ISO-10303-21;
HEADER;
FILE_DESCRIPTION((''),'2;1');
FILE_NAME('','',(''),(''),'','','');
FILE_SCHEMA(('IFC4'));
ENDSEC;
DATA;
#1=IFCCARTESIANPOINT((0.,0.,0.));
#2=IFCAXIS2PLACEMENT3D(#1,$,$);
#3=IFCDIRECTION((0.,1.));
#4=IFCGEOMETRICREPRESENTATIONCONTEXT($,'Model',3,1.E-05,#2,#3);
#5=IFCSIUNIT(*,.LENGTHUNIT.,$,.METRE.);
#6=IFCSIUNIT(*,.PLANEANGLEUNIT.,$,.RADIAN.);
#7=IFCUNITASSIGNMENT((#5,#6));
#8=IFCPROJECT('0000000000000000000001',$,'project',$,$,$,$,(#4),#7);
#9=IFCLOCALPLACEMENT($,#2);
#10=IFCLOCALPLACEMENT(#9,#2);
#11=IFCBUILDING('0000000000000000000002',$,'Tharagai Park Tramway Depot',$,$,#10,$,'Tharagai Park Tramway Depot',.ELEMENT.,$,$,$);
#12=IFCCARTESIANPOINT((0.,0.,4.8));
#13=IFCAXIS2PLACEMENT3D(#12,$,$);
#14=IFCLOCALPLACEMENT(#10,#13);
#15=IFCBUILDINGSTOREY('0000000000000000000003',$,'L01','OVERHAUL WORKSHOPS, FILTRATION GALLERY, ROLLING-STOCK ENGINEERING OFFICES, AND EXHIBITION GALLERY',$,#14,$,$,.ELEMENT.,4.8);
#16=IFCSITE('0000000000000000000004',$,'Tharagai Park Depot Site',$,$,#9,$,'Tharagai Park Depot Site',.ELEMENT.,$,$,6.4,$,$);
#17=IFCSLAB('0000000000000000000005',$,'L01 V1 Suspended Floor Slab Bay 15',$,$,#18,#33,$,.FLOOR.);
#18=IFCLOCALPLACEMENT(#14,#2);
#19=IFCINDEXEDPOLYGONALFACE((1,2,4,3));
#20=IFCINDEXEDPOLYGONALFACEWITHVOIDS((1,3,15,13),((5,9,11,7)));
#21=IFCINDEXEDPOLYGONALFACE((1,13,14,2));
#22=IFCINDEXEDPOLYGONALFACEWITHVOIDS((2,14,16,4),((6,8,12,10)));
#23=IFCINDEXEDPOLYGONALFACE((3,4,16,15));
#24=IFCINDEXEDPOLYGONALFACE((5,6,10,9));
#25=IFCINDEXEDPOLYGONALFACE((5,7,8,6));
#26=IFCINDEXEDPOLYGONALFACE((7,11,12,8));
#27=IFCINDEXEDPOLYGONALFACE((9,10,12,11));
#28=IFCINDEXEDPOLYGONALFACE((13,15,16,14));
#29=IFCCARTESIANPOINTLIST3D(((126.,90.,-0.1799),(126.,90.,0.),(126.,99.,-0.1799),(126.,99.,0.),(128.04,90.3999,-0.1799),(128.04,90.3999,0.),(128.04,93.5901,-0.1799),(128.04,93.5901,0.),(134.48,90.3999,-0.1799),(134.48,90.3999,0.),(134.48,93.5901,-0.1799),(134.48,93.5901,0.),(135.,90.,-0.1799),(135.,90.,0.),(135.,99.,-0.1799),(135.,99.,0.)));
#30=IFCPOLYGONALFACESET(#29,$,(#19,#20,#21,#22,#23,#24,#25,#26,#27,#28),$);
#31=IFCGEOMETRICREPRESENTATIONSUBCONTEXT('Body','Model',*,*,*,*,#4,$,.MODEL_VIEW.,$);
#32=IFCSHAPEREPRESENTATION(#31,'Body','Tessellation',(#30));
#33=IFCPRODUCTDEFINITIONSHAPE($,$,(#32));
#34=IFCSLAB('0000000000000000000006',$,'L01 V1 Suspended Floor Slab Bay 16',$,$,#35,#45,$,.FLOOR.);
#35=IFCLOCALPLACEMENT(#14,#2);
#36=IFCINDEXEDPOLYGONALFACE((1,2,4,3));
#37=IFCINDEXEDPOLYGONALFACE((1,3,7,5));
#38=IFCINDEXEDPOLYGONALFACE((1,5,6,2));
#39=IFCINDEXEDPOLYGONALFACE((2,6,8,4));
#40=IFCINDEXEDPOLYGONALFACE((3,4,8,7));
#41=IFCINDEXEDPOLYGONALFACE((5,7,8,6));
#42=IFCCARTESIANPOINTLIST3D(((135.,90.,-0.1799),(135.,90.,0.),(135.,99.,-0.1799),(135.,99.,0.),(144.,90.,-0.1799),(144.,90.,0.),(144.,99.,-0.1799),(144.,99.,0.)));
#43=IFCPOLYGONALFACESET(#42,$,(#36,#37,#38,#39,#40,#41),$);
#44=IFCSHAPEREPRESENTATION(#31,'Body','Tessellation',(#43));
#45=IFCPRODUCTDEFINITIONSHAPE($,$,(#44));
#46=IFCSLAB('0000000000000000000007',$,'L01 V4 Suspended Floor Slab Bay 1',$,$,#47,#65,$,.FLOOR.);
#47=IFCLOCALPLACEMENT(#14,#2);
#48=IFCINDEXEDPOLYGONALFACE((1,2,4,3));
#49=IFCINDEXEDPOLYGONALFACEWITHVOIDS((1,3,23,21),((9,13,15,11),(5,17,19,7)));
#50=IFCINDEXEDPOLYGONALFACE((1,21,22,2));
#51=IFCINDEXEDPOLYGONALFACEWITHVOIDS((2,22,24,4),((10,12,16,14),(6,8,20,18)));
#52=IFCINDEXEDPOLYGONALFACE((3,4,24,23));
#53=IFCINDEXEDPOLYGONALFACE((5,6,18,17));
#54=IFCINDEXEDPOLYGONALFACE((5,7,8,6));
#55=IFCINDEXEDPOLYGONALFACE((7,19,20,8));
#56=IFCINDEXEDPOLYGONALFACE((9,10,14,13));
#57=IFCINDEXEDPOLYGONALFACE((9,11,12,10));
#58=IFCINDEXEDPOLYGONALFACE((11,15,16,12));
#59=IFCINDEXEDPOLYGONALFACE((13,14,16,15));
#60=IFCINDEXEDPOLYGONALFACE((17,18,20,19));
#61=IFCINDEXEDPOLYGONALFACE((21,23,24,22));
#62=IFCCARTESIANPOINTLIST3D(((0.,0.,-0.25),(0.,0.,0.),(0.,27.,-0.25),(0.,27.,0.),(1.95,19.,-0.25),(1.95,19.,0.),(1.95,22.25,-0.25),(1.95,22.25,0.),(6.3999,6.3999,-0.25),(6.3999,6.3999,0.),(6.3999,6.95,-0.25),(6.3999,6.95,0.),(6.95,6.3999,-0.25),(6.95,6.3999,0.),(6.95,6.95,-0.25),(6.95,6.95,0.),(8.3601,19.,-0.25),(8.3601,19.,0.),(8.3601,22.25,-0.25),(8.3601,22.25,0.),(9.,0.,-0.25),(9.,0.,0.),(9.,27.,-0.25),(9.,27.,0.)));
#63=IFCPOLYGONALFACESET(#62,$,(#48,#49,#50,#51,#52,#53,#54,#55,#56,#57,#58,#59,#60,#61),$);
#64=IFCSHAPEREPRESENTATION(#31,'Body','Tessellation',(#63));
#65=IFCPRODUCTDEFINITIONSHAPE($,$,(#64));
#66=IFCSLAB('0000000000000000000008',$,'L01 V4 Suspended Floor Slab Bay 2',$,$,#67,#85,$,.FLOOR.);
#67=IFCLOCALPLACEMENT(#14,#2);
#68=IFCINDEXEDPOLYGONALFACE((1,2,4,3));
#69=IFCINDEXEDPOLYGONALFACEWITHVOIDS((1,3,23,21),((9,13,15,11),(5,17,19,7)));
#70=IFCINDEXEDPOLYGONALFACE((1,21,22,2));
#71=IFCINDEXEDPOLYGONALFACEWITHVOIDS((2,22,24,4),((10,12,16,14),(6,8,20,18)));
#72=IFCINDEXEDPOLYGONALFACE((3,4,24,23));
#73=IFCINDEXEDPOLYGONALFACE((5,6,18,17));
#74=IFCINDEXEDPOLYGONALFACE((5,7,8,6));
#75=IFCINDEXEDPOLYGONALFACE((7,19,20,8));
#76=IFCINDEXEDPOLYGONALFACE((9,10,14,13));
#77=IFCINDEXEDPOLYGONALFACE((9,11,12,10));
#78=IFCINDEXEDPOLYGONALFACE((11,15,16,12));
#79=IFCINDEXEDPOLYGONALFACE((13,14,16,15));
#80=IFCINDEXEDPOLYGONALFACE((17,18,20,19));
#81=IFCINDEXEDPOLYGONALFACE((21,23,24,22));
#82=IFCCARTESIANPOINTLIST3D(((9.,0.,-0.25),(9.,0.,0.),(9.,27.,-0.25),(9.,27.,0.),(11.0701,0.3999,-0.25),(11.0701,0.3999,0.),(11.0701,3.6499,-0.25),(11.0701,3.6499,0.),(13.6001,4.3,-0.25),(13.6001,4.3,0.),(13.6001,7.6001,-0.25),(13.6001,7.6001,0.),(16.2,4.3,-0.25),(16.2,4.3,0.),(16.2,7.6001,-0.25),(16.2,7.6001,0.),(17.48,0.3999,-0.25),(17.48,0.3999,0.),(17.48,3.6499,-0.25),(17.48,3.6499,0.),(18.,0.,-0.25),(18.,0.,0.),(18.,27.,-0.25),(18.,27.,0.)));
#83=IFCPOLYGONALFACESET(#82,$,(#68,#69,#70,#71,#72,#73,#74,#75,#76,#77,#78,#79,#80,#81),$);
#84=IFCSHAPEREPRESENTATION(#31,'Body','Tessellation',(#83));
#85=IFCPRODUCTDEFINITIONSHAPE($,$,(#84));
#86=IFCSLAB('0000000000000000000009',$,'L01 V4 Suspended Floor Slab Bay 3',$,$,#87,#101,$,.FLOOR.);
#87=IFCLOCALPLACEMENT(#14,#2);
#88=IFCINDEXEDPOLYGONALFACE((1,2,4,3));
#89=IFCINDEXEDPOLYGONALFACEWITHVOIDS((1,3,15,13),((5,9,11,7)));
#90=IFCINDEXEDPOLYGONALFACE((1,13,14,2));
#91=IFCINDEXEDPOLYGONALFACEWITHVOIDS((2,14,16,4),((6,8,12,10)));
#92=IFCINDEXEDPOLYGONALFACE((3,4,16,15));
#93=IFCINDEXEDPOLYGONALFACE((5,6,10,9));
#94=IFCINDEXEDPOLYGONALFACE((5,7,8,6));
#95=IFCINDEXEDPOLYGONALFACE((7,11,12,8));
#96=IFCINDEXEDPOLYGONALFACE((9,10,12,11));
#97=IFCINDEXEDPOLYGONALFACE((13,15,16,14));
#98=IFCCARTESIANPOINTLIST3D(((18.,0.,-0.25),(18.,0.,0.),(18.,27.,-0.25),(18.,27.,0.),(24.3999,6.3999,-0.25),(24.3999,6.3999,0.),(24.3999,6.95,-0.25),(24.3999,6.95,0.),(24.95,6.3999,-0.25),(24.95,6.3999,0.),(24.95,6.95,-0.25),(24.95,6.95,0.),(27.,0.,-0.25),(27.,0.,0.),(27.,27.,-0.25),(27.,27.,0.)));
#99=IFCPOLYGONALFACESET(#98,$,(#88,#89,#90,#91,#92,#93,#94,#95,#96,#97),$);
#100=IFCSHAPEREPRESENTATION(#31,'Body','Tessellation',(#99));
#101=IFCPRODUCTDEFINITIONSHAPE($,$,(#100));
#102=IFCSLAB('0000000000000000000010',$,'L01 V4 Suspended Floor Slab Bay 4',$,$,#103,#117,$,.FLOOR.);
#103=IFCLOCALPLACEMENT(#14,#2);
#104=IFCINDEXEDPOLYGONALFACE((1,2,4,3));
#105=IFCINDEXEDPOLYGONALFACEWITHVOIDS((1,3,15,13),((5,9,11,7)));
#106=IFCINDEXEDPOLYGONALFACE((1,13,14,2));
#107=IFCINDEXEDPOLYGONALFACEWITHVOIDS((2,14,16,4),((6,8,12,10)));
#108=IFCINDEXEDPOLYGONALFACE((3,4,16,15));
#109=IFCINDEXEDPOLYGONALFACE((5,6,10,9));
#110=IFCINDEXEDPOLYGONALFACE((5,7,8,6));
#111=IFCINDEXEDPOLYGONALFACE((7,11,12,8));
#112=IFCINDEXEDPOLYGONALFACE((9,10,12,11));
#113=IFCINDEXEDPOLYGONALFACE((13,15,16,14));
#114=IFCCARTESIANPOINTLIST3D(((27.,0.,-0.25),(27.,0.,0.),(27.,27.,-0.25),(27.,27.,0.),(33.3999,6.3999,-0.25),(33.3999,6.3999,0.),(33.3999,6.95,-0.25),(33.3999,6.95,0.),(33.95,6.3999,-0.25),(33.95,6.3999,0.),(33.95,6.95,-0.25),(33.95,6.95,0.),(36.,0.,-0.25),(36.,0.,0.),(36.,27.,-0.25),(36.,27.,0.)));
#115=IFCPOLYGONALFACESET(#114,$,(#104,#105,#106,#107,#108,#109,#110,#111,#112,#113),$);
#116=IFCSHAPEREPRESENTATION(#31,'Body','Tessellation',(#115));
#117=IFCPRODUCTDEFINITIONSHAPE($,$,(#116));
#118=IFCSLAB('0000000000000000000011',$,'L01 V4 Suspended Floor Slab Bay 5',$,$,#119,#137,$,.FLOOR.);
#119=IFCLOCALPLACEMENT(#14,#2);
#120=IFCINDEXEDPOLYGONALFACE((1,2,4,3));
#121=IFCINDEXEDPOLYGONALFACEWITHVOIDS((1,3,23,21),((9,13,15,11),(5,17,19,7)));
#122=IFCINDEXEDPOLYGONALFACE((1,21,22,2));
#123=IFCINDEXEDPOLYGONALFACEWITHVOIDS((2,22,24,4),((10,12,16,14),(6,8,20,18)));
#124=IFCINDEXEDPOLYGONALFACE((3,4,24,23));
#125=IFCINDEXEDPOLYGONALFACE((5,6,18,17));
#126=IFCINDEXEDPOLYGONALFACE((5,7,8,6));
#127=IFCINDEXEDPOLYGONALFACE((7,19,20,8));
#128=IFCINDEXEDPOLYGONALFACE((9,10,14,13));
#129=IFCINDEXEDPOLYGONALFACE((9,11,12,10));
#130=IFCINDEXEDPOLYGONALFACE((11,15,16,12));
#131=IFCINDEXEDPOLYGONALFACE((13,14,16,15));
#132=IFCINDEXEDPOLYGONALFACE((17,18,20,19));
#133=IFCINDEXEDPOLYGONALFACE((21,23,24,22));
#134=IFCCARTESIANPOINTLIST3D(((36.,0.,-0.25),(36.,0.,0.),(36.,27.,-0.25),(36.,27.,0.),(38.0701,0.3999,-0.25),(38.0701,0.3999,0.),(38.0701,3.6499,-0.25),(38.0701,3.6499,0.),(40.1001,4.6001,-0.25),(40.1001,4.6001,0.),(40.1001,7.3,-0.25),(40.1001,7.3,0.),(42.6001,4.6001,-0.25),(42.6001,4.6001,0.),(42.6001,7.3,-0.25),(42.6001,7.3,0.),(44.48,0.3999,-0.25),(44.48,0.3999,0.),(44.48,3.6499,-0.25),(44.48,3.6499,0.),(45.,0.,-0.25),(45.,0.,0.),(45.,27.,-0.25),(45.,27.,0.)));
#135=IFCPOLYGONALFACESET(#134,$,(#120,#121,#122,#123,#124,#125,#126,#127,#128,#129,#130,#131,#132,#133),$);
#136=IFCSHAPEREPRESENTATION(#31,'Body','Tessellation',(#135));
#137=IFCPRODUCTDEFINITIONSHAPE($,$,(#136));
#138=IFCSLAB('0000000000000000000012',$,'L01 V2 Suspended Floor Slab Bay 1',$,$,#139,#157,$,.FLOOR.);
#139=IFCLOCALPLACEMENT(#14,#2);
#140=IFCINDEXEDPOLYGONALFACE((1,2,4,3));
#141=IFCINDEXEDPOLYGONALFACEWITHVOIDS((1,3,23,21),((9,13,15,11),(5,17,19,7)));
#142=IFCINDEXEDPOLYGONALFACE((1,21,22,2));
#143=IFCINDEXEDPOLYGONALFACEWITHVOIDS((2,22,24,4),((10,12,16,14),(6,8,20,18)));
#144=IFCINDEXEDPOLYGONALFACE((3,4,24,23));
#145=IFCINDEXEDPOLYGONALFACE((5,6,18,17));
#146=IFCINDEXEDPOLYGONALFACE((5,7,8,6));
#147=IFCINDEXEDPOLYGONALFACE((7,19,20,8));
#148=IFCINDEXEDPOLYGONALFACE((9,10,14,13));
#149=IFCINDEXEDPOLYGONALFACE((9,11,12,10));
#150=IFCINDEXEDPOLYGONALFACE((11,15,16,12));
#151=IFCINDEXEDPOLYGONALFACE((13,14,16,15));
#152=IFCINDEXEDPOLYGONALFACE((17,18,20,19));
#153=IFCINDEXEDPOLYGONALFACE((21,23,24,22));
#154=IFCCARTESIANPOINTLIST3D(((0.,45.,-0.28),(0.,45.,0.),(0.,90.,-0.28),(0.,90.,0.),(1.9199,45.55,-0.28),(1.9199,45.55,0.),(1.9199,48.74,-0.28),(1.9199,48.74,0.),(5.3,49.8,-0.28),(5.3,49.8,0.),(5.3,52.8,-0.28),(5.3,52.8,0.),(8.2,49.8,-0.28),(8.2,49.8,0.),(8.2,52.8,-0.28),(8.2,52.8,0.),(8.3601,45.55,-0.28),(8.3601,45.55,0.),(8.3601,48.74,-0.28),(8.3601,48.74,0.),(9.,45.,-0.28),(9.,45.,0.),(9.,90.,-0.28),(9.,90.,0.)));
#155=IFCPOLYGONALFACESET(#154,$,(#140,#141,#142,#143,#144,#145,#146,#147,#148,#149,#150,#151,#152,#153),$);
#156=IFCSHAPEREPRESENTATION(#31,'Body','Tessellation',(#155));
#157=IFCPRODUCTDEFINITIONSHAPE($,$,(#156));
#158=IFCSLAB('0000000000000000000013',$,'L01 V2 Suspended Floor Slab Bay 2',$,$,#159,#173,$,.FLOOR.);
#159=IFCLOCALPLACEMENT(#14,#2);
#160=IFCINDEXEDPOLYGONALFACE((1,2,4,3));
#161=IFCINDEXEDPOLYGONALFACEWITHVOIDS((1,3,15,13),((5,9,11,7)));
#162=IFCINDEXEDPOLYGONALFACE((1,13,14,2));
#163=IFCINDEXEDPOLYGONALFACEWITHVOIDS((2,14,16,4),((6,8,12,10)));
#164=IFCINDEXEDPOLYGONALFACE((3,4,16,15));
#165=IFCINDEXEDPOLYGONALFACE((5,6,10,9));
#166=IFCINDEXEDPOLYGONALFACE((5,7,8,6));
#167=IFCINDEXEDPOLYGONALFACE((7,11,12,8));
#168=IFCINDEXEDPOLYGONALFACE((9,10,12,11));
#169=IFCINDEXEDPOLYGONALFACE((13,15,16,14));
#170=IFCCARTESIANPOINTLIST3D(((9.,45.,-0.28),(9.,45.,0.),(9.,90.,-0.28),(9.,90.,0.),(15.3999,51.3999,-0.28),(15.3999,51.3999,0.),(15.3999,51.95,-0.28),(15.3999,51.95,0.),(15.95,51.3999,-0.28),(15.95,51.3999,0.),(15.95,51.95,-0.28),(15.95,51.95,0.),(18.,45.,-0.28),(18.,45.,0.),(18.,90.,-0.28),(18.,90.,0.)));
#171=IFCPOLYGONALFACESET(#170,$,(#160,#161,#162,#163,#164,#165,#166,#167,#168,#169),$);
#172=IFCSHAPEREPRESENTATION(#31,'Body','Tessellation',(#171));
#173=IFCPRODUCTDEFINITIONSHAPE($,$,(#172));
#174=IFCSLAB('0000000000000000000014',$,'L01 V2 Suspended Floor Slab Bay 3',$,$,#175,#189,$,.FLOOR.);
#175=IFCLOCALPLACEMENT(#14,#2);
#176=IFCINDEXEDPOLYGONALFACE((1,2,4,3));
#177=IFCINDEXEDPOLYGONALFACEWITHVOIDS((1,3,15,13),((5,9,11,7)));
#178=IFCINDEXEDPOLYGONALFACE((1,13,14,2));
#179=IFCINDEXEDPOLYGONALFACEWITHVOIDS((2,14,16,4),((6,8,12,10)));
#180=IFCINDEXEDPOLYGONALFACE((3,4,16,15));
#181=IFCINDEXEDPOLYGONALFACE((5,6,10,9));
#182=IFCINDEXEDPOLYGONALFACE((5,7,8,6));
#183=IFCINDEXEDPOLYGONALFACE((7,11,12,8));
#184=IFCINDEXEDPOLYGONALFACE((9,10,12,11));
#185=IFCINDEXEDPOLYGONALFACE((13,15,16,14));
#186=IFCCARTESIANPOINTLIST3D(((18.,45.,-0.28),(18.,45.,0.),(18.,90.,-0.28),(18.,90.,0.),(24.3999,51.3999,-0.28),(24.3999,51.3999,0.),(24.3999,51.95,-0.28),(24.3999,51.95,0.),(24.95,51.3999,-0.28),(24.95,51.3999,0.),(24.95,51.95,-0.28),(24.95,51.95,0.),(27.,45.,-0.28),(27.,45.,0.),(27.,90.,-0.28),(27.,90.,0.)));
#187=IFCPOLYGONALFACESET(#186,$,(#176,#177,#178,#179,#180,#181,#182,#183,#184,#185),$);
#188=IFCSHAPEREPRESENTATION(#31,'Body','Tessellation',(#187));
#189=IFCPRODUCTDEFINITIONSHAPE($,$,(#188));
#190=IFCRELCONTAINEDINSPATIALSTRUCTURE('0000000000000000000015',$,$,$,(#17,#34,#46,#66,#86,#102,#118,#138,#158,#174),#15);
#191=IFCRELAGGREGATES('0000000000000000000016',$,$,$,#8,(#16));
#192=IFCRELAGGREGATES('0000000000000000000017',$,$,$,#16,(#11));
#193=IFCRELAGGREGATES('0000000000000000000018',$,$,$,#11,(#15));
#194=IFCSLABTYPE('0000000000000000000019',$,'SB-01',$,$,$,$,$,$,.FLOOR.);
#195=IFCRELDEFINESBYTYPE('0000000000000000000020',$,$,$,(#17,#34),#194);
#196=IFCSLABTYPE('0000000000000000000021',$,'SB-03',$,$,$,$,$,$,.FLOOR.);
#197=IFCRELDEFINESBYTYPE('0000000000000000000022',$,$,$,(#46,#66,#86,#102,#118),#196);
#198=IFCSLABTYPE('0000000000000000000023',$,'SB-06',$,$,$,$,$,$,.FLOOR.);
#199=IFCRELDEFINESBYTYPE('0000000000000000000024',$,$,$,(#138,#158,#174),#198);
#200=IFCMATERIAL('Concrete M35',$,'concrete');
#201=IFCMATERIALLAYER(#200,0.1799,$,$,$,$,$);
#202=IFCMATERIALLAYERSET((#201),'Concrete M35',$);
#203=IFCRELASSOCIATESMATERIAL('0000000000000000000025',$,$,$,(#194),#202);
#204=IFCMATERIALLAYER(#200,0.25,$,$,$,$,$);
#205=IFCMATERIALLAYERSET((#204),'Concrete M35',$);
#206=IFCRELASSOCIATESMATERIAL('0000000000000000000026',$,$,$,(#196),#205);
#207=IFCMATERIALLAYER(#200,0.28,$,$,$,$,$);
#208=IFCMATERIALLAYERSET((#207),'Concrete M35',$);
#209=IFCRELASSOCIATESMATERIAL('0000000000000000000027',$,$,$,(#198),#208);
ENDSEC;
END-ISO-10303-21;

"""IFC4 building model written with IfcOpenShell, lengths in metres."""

from ifc_helpers import new_model, si_unit, direction, frame, origin, place, context, subcontext, project, spatial, polyline, outline, extrude, material, layer, layer_set, type_object, element, save


model = new_model("IFC4")

# Units and contexts
model_context = context("Model", 3, precision=1e-05, world=origin(), true_north=direction((0.0, 1.0)))
body_context = subcontext(model_context, "Body", "Model", "MODEL_VIEW")
ifc_project = project(units=[si_unit("LENGTHUNIT", "METRE"), si_unit("PLANEANGLEUNIT", "RADIAN")], contexts=[model_context])

# Site, building, storey
site_placement = place(None, origin())
site = spatial("IfcSite", under=ifc_project, at=site_placement, Name="Tharagai Park Depot Site", LongName="Tharagai Park Depot Site", CompositionType="ELEMENT", RefElevation=6.4)
building_placement = place(site_placement, origin())
building = spatial("IfcBuilding", under=site, at=building_placement, Name="Tharagai Park Tramway Depot", LongName="Tharagai Park Tramway Depot", CompositionType="ELEMENT")
storey_placement = place(building_placement, frame((0.0, 0.0, 4.8)))
storey = spatial("IfcBuildingStorey", under=building, at=storey_placement, Name="L01", Description="OVERHAUL WORKSHOPS, FILTRATION GALLERY, ROLLING-STOCK ENGINEERING OFFICES, AND EXHIBITION GALLERY", CompositionType="ELEMENT", Elevation=4.8)

# Slabs
ifc_material_1 = material(Name="Concrete M35", Category="concrete")
ifc_layer_1 = layer(ifc_material_1, 0.1799)
ifc_layer_set_1 = layer_set([ifc_layer_1], Name="Concrete M35")
slab_type_1 = type_object("IfcSlabType", Name="SB-01", PredefinedType="FLOOR", material=ifc_layer_set_1)
slab_1_placement = place(storey_placement, frame((0.0, 0.0, -0.1799)))
element("IfcSlab", 1, at=slab_1_placement, inside=storey, type_object=slab_type_1, Name="L01 V1 Suspended Floor Slab Bay 15", PredefinedType="FLOOR", context=body_context, shape_type="SweptSolid", body=[
    extrude(outline(polyline([(126.0, 90.0), (135.0, 90.0), (135.0, 99.0), (126.0, 99.0), (126.0, 90.0)]), holes=[polyline([(128.04, 90.3999), (134.48, 90.3999), (134.48, 93.5901), (128.04, 93.5901), (128.04, 90.3999)])]), origin(), (0.0, 0.0, 1.0), 0.1799),
])
slab_2_placement = place(storey_placement, frame((0.0, 0.0, -0.1799)))
element("IfcSlab", 2, at=slab_2_placement, inside=storey, type_object=slab_type_1, Name="L01 V1 Suspended Floor Slab Bay 16", PredefinedType="FLOOR", context=body_context, shape_type="SweptSolid", body=[
    extrude(outline(polyline([(135.0, 90.0), (144.0, 90.0), (144.0, 99.0), (135.0, 99.0), (135.0, 90.0)])), origin(), (0.0, 0.0, 1.0), 0.1799),
])
ifc_layer_2 = layer(ifc_material_1, 0.25)
ifc_layer_set_2 = layer_set([ifc_layer_2], Name="Concrete M35")
slab_type_2 = type_object("IfcSlabType", Name="SB-03", PredefinedType="FLOOR", material=ifc_layer_set_2)
slab_3_placement = place(storey_placement, frame((0.0, 0.0, -0.25)))
element("IfcSlab", 3, at=slab_3_placement, inside=storey, type_object=slab_type_2, Name="L01 V4 Suspended Floor Slab Bay 1", PredefinedType="FLOOR", context=body_context, shape_type="SweptSolid", body=[
    extrude(outline(polyline([(0.0, 0.0), (9.0, 0.0), (9.0, 27.0), (0.0, 27.0), (0.0, 0.0)]), holes=[polyline([(1.95, 19.0), (8.3601, 19.0), (8.3601, 22.25), (1.95, 22.25), (1.95, 19.0)]), polyline([(6.3999, 6.3999), (6.95, 6.3999), (6.95, 6.95), (6.3999, 6.95), (6.3999, 6.3999)])]), origin(), (0.0, 0.0, 1.0), 0.25),
])
slab_4_placement = place(storey_placement, frame((0.0, 0.0, -0.25)))
element("IfcSlab", 4, at=slab_4_placement, inside=storey, type_object=slab_type_2, Name="L01 V4 Suspended Floor Slab Bay 2", PredefinedType="FLOOR", context=body_context, shape_type="SweptSolid", body=[
    extrude(outline(polyline([(9.0, 0.0), (18.0, 0.0), (18.0, 27.0), (9.0, 27.0), (9.0, 0.0)]), holes=[polyline([(11.0701, 0.3999), (17.48, 0.3999), (17.48, 3.6499), (11.0701, 3.6499), (11.0701, 0.3999)]), polyline([(13.6001, 4.3), (16.2, 4.3), (16.2, 7.6001), (13.6001, 7.6001), (13.6001, 4.3)])]), origin(), (0.0, 0.0, 1.0), 0.25),
])
slab_5_placement = place(storey_placement, frame((0.0, 0.0, -0.25)))
element("IfcSlab", 5, at=slab_5_placement, inside=storey, type_object=slab_type_2, Name="L01 V4 Suspended Floor Slab Bay 3", PredefinedType="FLOOR", context=body_context, shape_type="SweptSolid", body=[
    extrude(outline(polyline([(18.0, 0.0), (27.0, 0.0), (27.0, 27.0), (18.0, 27.0), (18.0, 0.0)]), holes=[polyline([(24.3999, 6.3999), (24.95, 6.3999), (24.95, 6.95), (24.3999, 6.95), (24.3999, 6.3999)])]), origin(), (0.0, 0.0, 1.0), 0.25),
])
slab_6_placement = place(storey_placement, frame((0.0, 0.0, -0.25)))
element("IfcSlab", 6, at=slab_6_placement, inside=storey, type_object=slab_type_2, Name="L01 V4 Suspended Floor Slab Bay 4", PredefinedType="FLOOR", context=body_context, shape_type="SweptSolid", body=[
    extrude(outline(polyline([(27.0, 0.0), (36.0, 0.0), (36.0, 27.0), (27.0, 27.0), (27.0, 0.0)]), holes=[polyline([(33.3999, 6.3999), (33.95, 6.3999), (33.95, 6.95), (33.3999, 6.95), (33.3999, 6.3999)])]), origin(), (0.0, 0.0, 1.0), 0.25),
])
slab_7_placement = place(storey_placement, frame((0.0, 0.0, -0.25)))
element("IfcSlab", 7, at=slab_7_placement, inside=storey, type_object=slab_type_2, Name="L01 V4 Suspended Floor Slab Bay 5", PredefinedType="FLOOR", context=body_context, shape_type="SweptSolid", body=[
    extrude(outline(polyline([(36.0, 0.0), (45.0, 0.0), (45.0, 27.0), (36.0, 27.0), (36.0, 0.0)]), holes=[polyline([(38.0701, 0.3999), (44.48, 0.3999), (44.48, 3.6499), (38.0701, 3.6499), (38.0701, 0.3999)]), polyline([(40.1001, 4.6001), (42.6001, 4.6001), (42.6001, 7.3), (40.1001, 7.3), (40.1001, 4.6001)])]), origin(), (0.0, 0.0, 1.0), 0.25),
])
ifc_layer_3 = layer(ifc_material_1, 0.28)
ifc_layer_set_3 = layer_set([ifc_layer_3], Name="Concrete M35")
slab_type_3 = type_object("IfcSlabType", Name="SB-06", PredefinedType="FLOOR", material=ifc_layer_set_3)
slab_8_placement = place(storey_placement, frame((0.0, 0.0, -0.28)))
element("IfcSlab", 8, at=slab_8_placement, inside=storey, type_object=slab_type_3, Name="L01 V2 Suspended Floor Slab Bay 1", PredefinedType="FLOOR", context=body_context, shape_type="SweptSolid", body=[
    extrude(outline(polyline([(0.0, 45.0), (9.0, 45.0), (9.0, 90.0), (0.0, 90.0), (0.0, 45.0)]), holes=[polyline([(1.9199, 45.55), (8.3601, 45.55), (8.3601, 48.74), (1.9199, 48.74), (1.9199, 45.55)]), polyline([(5.3, 49.8), (8.2, 49.8), (8.2, 52.8), (5.3, 52.8), (5.3, 49.8)])]), origin(), (0.0, 0.0, 1.0), 0.28),
])
slab_9_placement = place(storey_placement, frame((0.0, 0.0, -0.28)))
element("IfcSlab", 9, at=slab_9_placement, inside=storey, type_object=slab_type_3, Name="L01 V2 Suspended Floor Slab Bay 2", PredefinedType="FLOOR", context=body_context, shape_type="SweptSolid", body=[
    extrude(outline(polyline([(9.0, 45.0), (18.0, 45.0), (18.0, 90.0), (9.0, 90.0), (9.0, 45.0)]), holes=[polyline([(15.3999, 51.3999), (15.95, 51.3999), (15.95, 51.95), (15.3999, 51.95), (15.3999, 51.3999)])]), origin(), (0.0, 0.0, 1.0), 0.28),
])
slab_10_placement = place(storey_placement, frame((0.0, 0.0, -0.28)))
element("IfcSlab", 10, at=slab_10_placement, inside=storey, type_object=slab_type_3, Name="L01 V2 Suspended Floor Slab Bay 3", PredefinedType="FLOOR", context=body_context, shape_type="SweptSolid", body=[
    extrude(outline(polyline([(18.0, 45.0), (27.0, 45.0), (27.0, 90.0), (18.0, 90.0), (18.0, 45.0)]), holes=[polyline([(24.3999, 51.3999), (24.95, 51.3999), (24.95, 51.95), (24.3999, 51.95), (24.3999, 51.3999)])]), origin(), (0.0, 0.0, 1.0), 0.28),
])

save(model, "model.ifc")
